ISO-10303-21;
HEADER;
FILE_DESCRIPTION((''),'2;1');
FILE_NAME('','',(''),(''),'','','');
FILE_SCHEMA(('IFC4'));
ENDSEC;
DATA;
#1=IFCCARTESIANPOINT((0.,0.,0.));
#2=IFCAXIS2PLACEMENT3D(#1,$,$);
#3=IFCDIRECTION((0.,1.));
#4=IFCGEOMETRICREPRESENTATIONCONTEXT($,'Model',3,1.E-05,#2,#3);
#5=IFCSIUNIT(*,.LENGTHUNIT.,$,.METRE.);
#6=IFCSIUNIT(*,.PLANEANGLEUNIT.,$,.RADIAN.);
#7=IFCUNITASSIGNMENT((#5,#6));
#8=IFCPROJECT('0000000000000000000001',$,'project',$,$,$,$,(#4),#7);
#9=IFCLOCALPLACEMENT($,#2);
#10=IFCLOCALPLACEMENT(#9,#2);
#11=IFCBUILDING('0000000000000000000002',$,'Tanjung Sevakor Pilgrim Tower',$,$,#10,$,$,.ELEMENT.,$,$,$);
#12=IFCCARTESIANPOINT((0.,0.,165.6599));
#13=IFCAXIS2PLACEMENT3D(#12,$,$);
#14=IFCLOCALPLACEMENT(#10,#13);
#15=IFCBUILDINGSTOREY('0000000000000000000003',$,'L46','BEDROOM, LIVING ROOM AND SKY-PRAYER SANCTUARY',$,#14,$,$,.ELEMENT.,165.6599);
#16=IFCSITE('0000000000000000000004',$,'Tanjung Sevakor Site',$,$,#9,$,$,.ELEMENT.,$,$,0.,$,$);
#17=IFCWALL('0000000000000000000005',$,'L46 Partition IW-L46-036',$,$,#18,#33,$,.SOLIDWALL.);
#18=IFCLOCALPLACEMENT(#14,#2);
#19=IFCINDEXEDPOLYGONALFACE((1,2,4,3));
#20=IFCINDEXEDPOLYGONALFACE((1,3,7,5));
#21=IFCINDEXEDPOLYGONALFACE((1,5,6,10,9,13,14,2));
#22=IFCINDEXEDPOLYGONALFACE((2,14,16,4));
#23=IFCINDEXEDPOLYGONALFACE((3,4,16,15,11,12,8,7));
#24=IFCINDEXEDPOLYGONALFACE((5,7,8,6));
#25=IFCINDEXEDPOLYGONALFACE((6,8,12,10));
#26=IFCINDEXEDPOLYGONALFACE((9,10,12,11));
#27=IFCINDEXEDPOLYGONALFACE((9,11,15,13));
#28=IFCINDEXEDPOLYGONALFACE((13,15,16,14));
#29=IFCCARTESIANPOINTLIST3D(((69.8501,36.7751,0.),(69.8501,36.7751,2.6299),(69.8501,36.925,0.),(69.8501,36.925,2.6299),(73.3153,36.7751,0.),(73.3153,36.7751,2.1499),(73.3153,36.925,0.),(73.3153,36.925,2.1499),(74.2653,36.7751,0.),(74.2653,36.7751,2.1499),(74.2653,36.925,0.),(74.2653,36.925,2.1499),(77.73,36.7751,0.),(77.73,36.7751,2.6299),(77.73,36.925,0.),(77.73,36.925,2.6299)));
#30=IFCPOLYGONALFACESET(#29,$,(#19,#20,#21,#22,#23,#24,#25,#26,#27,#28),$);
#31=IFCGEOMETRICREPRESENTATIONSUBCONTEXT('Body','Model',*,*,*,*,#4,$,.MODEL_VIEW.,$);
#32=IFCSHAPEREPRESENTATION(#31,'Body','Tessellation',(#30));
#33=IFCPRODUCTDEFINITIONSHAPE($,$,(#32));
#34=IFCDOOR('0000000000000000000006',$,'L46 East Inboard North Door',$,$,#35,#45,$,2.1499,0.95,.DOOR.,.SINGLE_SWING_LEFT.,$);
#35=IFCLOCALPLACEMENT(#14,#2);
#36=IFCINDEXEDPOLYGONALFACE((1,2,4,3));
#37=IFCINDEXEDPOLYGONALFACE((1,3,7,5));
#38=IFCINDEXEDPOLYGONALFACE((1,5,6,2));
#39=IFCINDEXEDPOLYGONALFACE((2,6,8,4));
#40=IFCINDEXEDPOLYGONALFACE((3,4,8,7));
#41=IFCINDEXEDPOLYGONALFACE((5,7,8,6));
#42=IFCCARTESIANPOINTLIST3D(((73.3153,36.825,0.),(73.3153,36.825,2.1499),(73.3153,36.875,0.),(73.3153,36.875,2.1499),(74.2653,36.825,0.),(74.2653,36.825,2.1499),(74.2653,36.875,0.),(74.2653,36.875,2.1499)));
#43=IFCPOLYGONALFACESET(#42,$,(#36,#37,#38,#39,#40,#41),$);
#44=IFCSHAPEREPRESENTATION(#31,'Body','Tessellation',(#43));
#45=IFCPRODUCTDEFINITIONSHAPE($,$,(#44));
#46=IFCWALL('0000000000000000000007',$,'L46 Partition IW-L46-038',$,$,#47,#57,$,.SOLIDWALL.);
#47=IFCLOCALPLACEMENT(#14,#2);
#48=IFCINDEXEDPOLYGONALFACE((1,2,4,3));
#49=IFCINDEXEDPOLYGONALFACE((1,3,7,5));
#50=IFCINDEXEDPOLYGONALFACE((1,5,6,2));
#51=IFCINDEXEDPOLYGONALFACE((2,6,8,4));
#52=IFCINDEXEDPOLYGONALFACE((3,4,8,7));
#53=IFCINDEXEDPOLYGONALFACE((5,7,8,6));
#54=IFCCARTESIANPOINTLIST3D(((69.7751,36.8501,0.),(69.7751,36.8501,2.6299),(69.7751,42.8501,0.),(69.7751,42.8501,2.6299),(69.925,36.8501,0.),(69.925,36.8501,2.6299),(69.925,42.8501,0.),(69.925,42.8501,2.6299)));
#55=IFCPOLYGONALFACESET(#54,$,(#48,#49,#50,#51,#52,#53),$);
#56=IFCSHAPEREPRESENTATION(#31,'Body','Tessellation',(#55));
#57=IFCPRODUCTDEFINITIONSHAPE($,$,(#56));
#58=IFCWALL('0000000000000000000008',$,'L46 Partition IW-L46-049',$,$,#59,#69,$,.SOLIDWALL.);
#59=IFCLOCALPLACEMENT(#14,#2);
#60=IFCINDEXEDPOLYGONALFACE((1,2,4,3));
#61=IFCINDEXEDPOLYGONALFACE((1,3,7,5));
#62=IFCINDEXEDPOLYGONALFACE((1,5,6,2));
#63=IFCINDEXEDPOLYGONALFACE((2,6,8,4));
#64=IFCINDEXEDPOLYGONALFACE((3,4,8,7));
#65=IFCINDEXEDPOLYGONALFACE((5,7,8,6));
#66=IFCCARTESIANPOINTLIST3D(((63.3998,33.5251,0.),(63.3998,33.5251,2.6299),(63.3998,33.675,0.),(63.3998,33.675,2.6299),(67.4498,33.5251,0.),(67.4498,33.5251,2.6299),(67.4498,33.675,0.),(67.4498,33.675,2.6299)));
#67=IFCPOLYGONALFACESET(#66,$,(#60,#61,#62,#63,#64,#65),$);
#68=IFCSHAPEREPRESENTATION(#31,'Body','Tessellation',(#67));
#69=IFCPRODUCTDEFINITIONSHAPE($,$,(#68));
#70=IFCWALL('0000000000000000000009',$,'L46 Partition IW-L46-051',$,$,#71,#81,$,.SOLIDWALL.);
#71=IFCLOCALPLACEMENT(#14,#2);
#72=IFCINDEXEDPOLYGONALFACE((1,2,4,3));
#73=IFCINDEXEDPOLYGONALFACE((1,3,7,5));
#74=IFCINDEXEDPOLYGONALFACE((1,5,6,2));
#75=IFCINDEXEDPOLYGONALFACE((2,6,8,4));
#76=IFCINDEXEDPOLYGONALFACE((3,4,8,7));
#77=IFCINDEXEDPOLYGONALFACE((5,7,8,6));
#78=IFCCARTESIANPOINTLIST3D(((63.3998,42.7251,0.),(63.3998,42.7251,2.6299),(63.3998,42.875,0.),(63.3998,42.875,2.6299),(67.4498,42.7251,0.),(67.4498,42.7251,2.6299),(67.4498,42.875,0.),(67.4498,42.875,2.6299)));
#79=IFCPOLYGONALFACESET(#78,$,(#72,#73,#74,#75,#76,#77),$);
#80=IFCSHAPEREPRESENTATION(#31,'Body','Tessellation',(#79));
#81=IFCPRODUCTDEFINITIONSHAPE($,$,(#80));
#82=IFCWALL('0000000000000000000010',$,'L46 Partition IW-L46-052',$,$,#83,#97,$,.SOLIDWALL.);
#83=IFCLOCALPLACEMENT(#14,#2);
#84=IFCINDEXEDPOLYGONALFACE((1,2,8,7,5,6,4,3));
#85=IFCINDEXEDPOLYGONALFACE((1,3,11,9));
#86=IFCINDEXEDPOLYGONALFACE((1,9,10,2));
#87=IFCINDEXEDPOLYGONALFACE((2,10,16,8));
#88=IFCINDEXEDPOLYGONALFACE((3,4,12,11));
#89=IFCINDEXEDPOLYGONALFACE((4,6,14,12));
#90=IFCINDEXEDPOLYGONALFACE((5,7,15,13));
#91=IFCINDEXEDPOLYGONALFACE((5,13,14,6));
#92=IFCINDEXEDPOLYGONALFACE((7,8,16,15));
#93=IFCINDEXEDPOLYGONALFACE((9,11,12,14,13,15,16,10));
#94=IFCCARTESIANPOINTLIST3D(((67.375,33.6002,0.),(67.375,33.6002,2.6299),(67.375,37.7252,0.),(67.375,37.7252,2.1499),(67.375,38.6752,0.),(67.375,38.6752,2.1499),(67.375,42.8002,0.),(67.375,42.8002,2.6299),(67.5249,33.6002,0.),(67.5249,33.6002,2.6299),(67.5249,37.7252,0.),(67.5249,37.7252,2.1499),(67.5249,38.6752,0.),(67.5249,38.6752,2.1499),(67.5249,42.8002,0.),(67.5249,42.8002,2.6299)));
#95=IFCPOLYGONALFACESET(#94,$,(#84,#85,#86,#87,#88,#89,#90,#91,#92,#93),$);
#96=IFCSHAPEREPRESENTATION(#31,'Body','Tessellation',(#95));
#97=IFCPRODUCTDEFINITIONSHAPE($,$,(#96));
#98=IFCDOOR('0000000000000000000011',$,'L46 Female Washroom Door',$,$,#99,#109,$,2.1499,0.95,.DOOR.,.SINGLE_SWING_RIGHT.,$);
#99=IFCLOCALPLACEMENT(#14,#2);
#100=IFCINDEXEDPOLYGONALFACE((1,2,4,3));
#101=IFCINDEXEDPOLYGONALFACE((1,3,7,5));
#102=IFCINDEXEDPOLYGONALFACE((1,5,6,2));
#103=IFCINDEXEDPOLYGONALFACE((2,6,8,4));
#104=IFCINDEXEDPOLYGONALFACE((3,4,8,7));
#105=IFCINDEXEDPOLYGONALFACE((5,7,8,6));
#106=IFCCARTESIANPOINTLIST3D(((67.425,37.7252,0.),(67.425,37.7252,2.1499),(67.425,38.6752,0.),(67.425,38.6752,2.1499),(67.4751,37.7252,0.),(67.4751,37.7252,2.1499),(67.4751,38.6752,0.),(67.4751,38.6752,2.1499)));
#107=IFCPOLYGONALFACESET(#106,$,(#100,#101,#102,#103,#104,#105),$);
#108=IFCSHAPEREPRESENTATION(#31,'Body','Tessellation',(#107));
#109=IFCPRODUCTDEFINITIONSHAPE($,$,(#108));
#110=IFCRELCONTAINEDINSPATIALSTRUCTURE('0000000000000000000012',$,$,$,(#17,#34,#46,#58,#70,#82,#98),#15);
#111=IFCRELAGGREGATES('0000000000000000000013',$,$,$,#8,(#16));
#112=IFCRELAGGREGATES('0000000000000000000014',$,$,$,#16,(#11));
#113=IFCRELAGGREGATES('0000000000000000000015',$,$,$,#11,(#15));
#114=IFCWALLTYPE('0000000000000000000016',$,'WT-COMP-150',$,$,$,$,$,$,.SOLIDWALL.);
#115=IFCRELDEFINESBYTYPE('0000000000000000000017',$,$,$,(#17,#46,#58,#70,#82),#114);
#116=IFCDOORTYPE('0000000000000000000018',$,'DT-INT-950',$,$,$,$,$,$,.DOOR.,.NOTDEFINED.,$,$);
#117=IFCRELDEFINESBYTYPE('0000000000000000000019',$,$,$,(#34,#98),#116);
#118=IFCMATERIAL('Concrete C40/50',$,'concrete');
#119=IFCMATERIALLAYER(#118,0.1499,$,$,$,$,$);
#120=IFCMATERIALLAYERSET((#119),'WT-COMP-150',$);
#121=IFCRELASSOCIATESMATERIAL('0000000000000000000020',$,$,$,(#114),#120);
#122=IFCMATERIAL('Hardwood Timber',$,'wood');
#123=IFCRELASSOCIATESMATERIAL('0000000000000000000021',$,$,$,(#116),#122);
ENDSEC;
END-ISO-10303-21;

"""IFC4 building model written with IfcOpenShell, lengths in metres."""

from ifc_helpers import new_model, si_unit, direction, frame, frame_2d, origin, place, context, subcontext, project, spatial, rectangle, extrude, material, layer, layer_set, type_object, element, fill, save


model = new_model("IFC4")

# Units and contexts
model_context = context("Model", 3, precision=1e-05, world=origin(), true_north=direction((0.0, 1.0)))
body_context = subcontext(model_context, "Body", "Model", "MODEL_VIEW")
ifc_project = project(units=[si_unit("LENGTHUNIT", "METRE"), si_unit("PLANEANGLEUNIT", "RADIAN")], contexts=[model_context])

# Site, building, storey
site_placement = place(None, origin())
site = spatial("IfcSite", under=ifc_project, at=site_placement, Name="Tanjung Sevakor Site", CompositionType="ELEMENT", RefElevation=0.0)
building_placement = place(site_placement, origin())
building = spatial("IfcBuilding", under=site, at=building_placement, Name="Tanjung Sevakor Pilgrim Tower", CompositionType="ELEMENT")
storey_placement = place(building_placement, frame((0.0, 0.0, 165.6599)))
storey = spatial("IfcBuildingStorey", under=building, at=storey_placement, Name="L46", Description="BEDROOM, LIVING ROOM AND SKY-PRAYER SANCTUARY", CompositionType="ELEMENT", Elevation=165.6599)

# Wall, opening, door
ifc_material_1 = material(Name="Concrete C40/50", Category="concrete")
ifc_layer_1 = layer(ifc_material_1, 0.1499)
ifc_layer_set_1 = layer_set([ifc_layer_1], Name="WT-COMP-150")
wall_type_1 = type_object("IfcWallType", Name="WT-COMP-150", PredefinedType="SOLIDWALL", material=ifc_layer_set_1)
ifc_material_2 = material(Name="Hardwood Timber", Category="wood")
door_type = type_object("IfcDoorType", Name="DT-INT-950", OperationType="NOTDEFINED", PredefinedType="DOOR", material=ifc_material_2)
wall_1_placement = place(storey_placement, frame((69.8501, 36.8501, 0.0), z_axis=(0.0, 0.0, 1.0), x_axis=(1.0, 0.0, 0.0)))
wall_1 = element("IfcWall", 1, at=wall_1_placement, inside=storey, type_object=wall_type_1, Name="L46 Partition IW-L46-036", PredefinedType="SOLIDWALL", context=body_context, shape_type="SweptSolid", body=[
    extrude(rectangle(XDim=7.8799, YDim=0.1499, at=frame_2d((3.9399, 0.0))), origin(), (0.0, 0.0, 1.0), 2.6299),
])
opening_1_placement = place(wall_1_placement, frame((3.4651, 0.0, 0.0)))
opening_1 = element("IfcOpeningElement", 2, at=opening_1_placement, cuts=wall_1, PredefinedType="OPENING", context=body_context, shape_type="SweptSolid", body=[
    extrude(rectangle(XDim=0.95, YDim=2.1499, at=frame_2d((0.4751, 1.075))), frame((0.0, 0.085, 0.0), z_axis=(0.0, -1.0, 0.0), x_axis=(1.0, 0.0, 0.0)), (0.0, 0.0, 1.0), 0.1699),
])
door_1_placement = place(opening_1_placement, origin())
door_1 = element("IfcDoor", 3, at=door_1_placement, inside=storey, type_object=door_type, Name="L46 East Inboard North Door", OperationType="SINGLE_SWING_LEFT", OverallHeight=2.1499, OverallWidth=0.95, PredefinedType="DOOR", context=body_context, shape_type="SweptSolid", body=[
    extrude(rectangle(XDim=0.95, YDim=2.1499, at=frame_2d((0.4751, 1.075))), frame((0.0, 0.0249, 0.0), z_axis=(0.0, -1.0, 0.0), x_axis=(1.0, 0.0, 0.0)), (0.0, 0.0, 1.0), 0.05),
])
fill(opening_1, door_1)

# Walls
wall_2_placement = place(storey_placement, frame((69.8501, 36.8501, 0.0), z_axis=(0.0, 0.0, 1.0), x_axis=(0.0, 1.0, 0.0)))
element("IfcWall", 4, at=wall_2_placement, inside=storey, type_object=wall_type_1, Name="L46 Partition IW-L46-038", PredefinedType="SOLIDWALL", context=body_context, shape_type="SweptSolid", body=[
    extrude(rectangle(XDim=6.0, YDim=0.1499, at=frame_2d((3.0, 0.0))), origin(), (0.0, 0.0, 1.0), 2.6299),
])
for number, where, z_axis, x_axis, name in (
    (5, (63.3999, 33.6001, 0.0), (0.0, 0.0, 1.0), (1.0, 0.0, 0.0), "L46 Partition IW-L46-049"),
    (6, (63.3999, 42.8, 0.0), (0.0, 0.0, 1.0), (1.0, 0.0, 0.0), "L46 Partition IW-L46-051"),
):
    element("IfcWall", number, at=place(storey_placement, frame(where, z_axis=z_axis, x_axis=x_axis)), inside=storey, type_object=wall_type_1, Name=name, PredefinedType="SOLIDWALL", context=body_context, shape_type="SweptSolid", body=[
        extrude(rectangle(XDim=4.05, YDim=0.1499, at=frame_2d((2.0249, 0.0))), origin(), (0.0, 0.0, 1.0), 2.6299),
    ])

# Wall, opening, door
wall_3_placement = place(storey_placement, frame((67.45, 33.6001, 0.0), z_axis=(0.0, 0.0, 1.0), x_axis=(0.0, 1.0, 0.0)))
wall_3 = element("IfcWall", 7, at=wall_3_placement, inside=storey, type_object=wall_type_1, Name="L46 Partition IW-L46-052", PredefinedType="SOLIDWALL", context=body_context, shape_type="SweptSolid", body=[
    extrude(rectangle(XDim=9.2, YDim=0.1499, at=frame_2d((4.6001, 0.0))), origin(), (0.0, 0.0, 1.0), 2.6299),
])
opening_2_placement = place(wall_3_placement, frame((4.125, 0.0, 0.0)))
opening_2 = element("IfcOpeningElement", 8, at=opening_2_placement, cuts=wall_3, PredefinedType="OPENING", context=body_context, shape_type="SweptSolid", body=[
    extrude(rectangle(XDim=0.95, YDim=2.1499, at=frame_2d((0.4751, 1.075))), frame((0.0, 0.085, 0.0), z_axis=(0.0, -1.0, 0.0), x_axis=(1.0, 0.0, 0.0)), (0.0, 0.0, 1.0), 0.1699),
])
door_2_placement = place(opening_2_placement, origin())
door_2 = element("IfcDoor", 9, at=door_2_placement, inside=storey, type_object=door_type, Name="L46 Female Washroom Door", OperationType="SINGLE_SWING_RIGHT", OverallHeight=2.1499, OverallWidth=0.95, PredefinedType="DOOR", context=body_context, shape_type="SweptSolid", body=[
    extrude(rectangle(XDim=0.95, YDim=2.1499, at=frame_2d((0.4751, 1.075))), frame((0.0, 0.0249, 0.0), z_axis=(0.0, -1.0, 0.0), x_axis=(1.0, 0.0, 0.0)), (0.0, 0.0, 1.0), 0.05),
])
fill(opening_2, door_2)

save(model, "model.ifc")
